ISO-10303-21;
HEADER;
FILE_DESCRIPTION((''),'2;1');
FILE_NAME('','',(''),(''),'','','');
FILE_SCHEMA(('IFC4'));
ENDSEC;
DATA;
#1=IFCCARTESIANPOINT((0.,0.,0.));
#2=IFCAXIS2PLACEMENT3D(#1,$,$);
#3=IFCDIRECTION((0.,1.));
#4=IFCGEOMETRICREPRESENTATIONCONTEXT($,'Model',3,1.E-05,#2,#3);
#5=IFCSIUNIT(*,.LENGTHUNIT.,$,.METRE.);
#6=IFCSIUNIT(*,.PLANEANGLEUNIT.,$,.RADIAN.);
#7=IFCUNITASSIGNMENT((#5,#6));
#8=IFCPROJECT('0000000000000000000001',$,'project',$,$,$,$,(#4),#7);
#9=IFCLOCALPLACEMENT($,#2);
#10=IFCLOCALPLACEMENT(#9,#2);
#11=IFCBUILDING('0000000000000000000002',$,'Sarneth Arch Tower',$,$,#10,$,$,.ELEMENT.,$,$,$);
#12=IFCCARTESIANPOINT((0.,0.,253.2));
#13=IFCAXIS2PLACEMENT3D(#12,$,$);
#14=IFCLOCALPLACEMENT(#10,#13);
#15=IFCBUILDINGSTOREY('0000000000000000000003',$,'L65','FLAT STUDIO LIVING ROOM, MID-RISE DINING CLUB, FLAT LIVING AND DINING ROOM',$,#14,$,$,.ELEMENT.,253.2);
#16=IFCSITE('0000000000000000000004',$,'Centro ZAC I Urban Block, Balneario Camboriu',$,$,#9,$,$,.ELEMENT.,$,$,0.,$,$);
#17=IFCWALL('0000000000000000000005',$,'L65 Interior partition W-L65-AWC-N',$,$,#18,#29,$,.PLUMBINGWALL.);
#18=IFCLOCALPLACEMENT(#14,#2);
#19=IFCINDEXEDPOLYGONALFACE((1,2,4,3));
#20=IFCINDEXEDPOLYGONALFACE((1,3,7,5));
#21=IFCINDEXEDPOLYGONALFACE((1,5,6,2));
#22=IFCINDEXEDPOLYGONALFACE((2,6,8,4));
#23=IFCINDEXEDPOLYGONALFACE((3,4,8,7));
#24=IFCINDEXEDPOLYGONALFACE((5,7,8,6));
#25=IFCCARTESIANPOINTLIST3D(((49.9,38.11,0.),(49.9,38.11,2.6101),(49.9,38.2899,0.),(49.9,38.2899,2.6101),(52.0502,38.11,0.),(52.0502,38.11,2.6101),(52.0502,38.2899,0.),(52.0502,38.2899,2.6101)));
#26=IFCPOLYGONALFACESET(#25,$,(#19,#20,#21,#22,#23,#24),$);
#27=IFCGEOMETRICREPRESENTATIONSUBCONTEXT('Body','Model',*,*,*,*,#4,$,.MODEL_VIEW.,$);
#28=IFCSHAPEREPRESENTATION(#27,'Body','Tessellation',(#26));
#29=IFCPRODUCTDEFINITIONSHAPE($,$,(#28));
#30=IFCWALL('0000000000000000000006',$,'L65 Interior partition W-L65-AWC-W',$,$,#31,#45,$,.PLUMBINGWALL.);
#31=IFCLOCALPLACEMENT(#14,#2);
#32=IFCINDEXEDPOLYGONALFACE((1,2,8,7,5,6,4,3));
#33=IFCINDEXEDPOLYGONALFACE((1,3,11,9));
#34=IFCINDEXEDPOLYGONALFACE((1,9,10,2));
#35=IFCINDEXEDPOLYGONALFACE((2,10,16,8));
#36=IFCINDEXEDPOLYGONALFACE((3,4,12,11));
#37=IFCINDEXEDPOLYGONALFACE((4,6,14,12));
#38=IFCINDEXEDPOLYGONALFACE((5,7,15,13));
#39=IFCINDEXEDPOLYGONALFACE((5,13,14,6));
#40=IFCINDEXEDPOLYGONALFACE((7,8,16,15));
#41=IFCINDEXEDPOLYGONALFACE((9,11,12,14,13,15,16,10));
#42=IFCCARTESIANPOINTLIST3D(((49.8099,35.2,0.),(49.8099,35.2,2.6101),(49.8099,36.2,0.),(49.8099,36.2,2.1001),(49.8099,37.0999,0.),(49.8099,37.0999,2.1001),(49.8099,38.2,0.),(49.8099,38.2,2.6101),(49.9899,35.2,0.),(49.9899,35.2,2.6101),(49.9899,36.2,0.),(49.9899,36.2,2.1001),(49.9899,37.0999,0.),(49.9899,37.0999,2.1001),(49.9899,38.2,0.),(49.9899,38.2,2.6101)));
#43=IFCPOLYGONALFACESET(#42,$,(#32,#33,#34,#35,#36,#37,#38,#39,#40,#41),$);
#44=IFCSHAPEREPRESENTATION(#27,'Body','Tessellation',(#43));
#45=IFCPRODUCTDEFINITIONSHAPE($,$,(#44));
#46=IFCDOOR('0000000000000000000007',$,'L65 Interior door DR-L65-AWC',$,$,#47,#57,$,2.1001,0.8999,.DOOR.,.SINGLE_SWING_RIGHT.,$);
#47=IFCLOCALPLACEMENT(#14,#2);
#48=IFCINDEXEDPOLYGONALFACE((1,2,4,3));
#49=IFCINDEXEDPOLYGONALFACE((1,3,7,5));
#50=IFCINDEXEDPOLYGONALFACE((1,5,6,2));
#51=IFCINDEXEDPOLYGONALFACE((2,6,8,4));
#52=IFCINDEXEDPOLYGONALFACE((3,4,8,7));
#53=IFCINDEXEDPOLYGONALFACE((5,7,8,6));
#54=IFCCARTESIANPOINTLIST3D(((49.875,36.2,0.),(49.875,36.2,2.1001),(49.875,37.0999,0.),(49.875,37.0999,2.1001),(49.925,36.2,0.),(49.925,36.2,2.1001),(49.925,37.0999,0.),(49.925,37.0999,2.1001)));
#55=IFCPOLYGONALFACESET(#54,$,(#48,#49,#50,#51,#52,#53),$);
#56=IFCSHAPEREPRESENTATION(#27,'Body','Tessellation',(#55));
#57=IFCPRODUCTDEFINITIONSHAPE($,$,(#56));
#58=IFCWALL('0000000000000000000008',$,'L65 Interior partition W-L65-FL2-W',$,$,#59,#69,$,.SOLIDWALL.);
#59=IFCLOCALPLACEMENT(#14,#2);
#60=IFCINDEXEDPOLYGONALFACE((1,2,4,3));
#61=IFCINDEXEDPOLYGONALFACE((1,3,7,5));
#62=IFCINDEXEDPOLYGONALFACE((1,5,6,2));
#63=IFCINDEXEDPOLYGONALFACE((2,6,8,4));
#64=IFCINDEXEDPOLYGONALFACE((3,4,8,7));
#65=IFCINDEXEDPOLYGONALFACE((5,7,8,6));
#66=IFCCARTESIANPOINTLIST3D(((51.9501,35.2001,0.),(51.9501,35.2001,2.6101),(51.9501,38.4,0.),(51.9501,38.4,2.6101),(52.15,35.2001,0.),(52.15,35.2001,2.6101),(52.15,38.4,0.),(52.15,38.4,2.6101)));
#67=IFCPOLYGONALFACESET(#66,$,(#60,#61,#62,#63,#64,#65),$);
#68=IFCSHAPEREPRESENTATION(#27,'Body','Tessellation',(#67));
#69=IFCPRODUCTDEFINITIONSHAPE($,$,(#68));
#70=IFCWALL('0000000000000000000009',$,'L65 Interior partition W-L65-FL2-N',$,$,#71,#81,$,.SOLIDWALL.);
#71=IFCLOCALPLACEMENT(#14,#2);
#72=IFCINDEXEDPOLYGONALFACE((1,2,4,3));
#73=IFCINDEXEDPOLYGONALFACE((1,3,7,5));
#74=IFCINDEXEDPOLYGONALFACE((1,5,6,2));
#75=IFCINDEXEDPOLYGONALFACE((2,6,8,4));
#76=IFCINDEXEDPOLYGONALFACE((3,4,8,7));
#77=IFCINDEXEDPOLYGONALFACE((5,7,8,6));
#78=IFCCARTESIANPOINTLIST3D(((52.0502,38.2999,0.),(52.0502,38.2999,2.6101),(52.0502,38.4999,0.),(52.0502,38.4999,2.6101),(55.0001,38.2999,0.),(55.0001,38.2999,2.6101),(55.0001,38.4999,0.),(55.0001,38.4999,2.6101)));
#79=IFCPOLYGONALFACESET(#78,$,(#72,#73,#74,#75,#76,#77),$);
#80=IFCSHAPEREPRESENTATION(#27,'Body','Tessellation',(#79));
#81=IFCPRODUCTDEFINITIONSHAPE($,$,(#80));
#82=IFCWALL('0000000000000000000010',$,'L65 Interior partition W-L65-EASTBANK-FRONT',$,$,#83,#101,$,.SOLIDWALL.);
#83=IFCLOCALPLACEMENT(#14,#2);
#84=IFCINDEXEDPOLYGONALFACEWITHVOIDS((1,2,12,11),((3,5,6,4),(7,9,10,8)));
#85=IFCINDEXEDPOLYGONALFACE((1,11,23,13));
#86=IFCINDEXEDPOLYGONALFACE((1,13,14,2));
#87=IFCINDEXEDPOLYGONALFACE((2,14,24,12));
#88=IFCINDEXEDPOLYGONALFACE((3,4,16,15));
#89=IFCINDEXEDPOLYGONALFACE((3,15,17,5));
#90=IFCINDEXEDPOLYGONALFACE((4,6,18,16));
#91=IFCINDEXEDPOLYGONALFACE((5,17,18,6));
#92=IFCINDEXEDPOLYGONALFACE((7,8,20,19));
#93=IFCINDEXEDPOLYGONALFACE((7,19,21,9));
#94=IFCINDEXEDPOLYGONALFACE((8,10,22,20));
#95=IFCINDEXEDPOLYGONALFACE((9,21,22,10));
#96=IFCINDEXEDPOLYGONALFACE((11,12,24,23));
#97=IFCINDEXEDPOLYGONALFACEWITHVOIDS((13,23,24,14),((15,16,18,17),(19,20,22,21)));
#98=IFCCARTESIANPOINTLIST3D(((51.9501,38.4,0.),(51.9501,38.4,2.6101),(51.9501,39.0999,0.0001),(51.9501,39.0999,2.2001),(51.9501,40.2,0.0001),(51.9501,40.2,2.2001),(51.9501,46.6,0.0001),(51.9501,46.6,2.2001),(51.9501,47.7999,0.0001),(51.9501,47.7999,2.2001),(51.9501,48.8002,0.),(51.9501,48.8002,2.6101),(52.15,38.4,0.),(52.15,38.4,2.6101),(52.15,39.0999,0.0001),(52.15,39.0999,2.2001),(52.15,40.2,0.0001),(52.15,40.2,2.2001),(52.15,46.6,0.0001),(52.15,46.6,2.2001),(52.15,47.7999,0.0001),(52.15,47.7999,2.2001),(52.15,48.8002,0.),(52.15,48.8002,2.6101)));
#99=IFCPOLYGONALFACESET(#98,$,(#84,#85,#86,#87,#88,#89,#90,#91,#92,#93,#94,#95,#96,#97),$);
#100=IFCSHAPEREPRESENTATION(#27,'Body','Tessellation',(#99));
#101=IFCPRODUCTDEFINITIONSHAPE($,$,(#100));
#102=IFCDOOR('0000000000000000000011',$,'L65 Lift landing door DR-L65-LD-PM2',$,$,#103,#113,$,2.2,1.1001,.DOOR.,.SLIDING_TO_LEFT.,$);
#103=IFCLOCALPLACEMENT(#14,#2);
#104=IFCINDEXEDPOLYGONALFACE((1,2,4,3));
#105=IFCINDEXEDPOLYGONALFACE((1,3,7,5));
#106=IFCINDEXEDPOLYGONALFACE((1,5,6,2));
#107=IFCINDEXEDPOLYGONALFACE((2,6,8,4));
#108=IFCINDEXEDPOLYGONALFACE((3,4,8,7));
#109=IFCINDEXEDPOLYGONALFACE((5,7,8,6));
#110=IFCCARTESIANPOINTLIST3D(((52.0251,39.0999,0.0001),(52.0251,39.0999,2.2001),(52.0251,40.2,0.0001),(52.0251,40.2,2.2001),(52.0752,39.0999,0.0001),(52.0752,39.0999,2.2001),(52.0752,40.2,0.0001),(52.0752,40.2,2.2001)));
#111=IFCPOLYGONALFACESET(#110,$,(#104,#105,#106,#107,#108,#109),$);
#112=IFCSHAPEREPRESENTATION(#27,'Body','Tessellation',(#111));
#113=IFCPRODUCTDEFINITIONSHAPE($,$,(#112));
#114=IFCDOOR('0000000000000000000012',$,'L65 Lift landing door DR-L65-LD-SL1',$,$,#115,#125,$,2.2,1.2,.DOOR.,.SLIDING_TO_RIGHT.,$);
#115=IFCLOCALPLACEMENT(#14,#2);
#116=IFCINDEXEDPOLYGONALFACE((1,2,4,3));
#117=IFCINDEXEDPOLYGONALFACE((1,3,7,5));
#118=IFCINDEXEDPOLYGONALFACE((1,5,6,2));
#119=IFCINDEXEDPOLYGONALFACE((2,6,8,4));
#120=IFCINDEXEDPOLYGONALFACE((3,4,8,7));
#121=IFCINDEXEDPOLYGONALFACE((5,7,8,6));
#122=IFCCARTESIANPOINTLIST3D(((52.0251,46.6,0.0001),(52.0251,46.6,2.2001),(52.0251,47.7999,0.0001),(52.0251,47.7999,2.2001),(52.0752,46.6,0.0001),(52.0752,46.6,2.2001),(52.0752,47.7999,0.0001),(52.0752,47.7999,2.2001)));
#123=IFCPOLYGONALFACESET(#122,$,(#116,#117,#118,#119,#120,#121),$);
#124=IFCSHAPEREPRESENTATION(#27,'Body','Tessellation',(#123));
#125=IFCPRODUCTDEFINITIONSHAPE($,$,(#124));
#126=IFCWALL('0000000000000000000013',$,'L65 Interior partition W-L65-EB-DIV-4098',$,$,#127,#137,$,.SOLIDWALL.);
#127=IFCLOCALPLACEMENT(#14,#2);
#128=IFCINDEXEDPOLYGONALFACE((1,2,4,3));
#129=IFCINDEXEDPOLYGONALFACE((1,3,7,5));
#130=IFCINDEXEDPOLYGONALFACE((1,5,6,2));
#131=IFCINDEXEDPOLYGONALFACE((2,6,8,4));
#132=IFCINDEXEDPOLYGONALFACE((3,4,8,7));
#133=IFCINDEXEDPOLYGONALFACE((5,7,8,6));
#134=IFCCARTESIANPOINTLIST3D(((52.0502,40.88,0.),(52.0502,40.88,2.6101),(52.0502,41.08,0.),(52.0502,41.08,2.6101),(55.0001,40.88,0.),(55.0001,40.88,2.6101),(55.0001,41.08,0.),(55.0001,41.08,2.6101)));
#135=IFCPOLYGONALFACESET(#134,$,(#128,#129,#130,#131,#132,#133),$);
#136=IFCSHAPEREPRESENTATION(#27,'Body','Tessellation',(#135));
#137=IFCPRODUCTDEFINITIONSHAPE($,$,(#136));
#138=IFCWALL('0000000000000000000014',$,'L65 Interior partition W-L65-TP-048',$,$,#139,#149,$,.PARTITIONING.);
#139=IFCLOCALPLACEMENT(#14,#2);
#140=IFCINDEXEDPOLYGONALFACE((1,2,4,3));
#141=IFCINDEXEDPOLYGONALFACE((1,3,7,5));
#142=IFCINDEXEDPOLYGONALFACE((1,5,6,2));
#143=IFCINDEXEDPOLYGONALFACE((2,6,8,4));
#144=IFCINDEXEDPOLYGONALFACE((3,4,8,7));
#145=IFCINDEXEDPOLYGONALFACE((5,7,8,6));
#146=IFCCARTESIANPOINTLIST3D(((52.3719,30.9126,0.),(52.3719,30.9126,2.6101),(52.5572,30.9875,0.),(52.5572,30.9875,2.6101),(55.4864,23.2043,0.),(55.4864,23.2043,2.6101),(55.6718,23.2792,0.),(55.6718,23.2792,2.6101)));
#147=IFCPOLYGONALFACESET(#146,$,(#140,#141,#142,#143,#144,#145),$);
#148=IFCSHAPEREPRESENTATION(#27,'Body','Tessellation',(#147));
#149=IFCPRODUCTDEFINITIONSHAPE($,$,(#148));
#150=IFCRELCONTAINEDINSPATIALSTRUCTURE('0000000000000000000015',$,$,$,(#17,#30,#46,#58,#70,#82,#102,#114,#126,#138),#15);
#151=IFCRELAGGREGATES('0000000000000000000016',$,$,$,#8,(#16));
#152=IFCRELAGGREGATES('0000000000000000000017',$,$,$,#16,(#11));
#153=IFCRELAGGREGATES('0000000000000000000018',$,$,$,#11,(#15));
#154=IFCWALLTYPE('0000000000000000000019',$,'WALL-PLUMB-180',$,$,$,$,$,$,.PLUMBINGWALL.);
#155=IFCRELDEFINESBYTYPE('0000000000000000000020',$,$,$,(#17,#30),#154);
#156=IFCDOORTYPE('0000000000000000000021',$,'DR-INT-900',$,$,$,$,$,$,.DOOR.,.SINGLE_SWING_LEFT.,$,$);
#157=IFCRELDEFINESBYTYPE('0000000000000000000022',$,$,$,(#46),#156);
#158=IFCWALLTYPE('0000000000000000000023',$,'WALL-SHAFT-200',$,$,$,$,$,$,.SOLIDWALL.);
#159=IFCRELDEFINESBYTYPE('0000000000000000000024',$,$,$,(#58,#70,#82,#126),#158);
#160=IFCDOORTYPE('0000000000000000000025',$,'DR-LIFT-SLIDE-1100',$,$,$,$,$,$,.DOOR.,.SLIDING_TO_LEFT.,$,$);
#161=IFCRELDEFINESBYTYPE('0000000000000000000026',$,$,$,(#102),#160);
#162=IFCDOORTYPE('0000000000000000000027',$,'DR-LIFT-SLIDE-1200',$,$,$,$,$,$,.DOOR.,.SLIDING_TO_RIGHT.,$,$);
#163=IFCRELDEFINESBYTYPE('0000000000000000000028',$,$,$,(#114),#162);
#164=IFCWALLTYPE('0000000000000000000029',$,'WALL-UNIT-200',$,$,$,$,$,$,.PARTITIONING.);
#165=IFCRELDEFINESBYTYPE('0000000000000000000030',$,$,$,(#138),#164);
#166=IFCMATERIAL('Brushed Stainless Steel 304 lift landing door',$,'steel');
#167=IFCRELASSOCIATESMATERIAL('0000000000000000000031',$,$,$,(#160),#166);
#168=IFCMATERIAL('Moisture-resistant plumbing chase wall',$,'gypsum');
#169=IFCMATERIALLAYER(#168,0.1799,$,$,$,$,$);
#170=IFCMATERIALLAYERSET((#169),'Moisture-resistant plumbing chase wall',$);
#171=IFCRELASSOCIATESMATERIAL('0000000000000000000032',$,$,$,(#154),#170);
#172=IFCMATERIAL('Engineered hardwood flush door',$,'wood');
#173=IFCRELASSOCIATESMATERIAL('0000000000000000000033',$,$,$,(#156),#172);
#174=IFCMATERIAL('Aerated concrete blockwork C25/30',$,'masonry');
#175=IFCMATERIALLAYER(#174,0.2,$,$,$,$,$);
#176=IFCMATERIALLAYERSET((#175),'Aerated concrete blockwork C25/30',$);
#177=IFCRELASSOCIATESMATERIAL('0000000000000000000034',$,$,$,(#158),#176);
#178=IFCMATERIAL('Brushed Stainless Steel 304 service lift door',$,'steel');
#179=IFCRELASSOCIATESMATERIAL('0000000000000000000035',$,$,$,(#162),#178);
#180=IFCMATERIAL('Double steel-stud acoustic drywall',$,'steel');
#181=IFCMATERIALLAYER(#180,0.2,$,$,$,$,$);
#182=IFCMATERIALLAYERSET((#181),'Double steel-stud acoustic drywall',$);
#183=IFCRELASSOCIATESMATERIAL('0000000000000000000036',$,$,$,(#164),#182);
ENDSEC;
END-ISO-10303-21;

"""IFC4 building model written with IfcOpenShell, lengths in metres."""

from ifc_helpers import new_model, si_unit, direction, frame, frame_2d, origin, place, context, subcontext, project, spatial, rectangle, extrude, material, layer, layer_set, type_object, element, fill, save


model = new_model("IFC4")

# Units and contexts
model_context = context("Model", 3, precision=1e-05, world=origin(), true_north=direction((0.0, 1.0)))
body_context = subcontext(model_context, "Body", "Model", "MODEL_VIEW")
ifc_project = project(units=[si_unit("LENGTHUNIT", "METRE"), si_unit("PLANEANGLEUNIT", "RADIAN")], contexts=[model_context])

# Site, building, storey
site_placement = place(None, origin())
site = spatial("IfcSite", under=ifc_project, at=site_placement, Name="Centro ZAC I Urban Block, Balneario Camboriu", CompositionType="ELEMENT", RefElevation=0.0)
building_placement = place(site_placement, origin())
building = spatial("IfcBuilding", under=site, at=building_placement, Name="Sarneth Arch Tower", CompositionType="ELEMENT")
storey_placement = place(building_placement, frame((0.0, 0.0, 253.2)))
storey = spatial("IfcBuildingStorey", under=building, at=storey_placement, Name="L65", Description="FLAT STUDIO LIVING ROOM, MID-RISE DINING CLUB, FLAT LIVING AND DINING ROOM", CompositionType="ELEMENT", Elevation=253.2)

# Shared definitions
ifc_material_1 = material(Name="Brushed Stainless Steel 304 lift landing door", Category="steel")
door_type_1 = type_object("IfcDoorType", Name="DR-LIFT-SLIDE-1100", OperationType="SLIDING_TO_LEFT", PredefinedType="DOOR", material=ifc_material_1)

# Wall
ifc_material_2 = material(Name="Moisture-resistant plumbing chase wall", Category="gypsum")
ifc_layer_1 = layer(ifc_material_2, 0.1799)
ifc_layer_set_1 = layer_set([ifc_layer_1], Name="Moisture-resistant plumbing chase wall")
wall_type_1 = type_object("IfcWallType", Name="WALL-PLUMB-180", PredefinedType="PLUMBINGWALL", material=ifc_layer_set_1)
wall_1_placement = place(storey_placement, frame((49.8999, 38.2, 0.0), z_axis=(0.0, 0.0, 1.0), x_axis=(1.0, 0.0, 0.0)))
element("IfcWall", 1, at=wall_1_placement, inside=storey, type_object=wall_type_1, Name="L65 Interior partition W-L65-AWC-N", PredefinedType="PLUMBINGWALL", context=body_context, shape_type="SweptSolid", body=[
    extrude(rectangle(XDim=2.1501, YDim=0.1799, at=frame_2d((1.0752, 0.0))), origin(), (0.0, 0.0, 1.0), 2.6101),
])

# Wall, opening, door
wall_2_placement = place(storey_placement, frame((49.8999, 35.2, 0.0), z_axis=(0.0, 0.0, 1.0), x_axis=(0.0, 1.0, 0.0)))
wall_2 = element("IfcWall", 2, at=wall_2_placement, inside=storey, type_object=wall_type_1, Name="L65 Interior partition W-L65-AWC-W", PredefinedType="PLUMBINGWALL", context=body_context, shape_type="SweptSolid", body=[
    extrude(rectangle(XDim=3.0, YDim=0.1799, at=frame_2d((1.5, 0.0))), origin(), (0.0, 0.0, 1.0), 2.6101),
])
opening_1_placement = place(wall_2_placement, frame((1.0, 0.0, 0.0)))
opening_1 = element("IfcOpeningElement", 3, at=opening_1_placement, cuts=wall_2, PredefinedType="OPENING", context=body_context, shape_type="SweptSolid", body=[
    extrude(rectangle(XDim=0.8999, YDim=2.1001, at=frame_2d((0.45, 1.05))), frame((0.0, 0.0999, 0.0), z_axis=(0.0, -1.0, 0.0), x_axis=(1.0, 0.0, 0.0)), (0.0, 0.0, 1.0), 0.2),
])
ifc_material_3 = material(Name="Engineered hardwood flush door", Category="wood")
door_type_2 = type_object("IfcDoorType", Name="DR-INT-900", OperationType="SINGLE_SWING_LEFT", PredefinedType="DOOR", material=ifc_material_3)
door_1_placement = place(opening_1_placement, origin())
door_1 = element("IfcDoor", 4, at=door_1_placement, inside=storey, type_object=door_type_2, Name="L65 Interior door DR-L65-AWC", OperationType="SINGLE_SWING_RIGHT", OverallHeight=2.1001, OverallWidth=0.8999, PredefinedType="DOOR", context=body_context, shape_type="SweptSolid", body=[
    extrude(rectangle(XDim=0.8999, YDim=2.1001, at=frame_2d((0.45, 1.05))), frame((0.0, 0.0249, 0.0), z_axis=(0.0, -1.0, 0.0), x_axis=(1.0, 0.0, 0.0)), (0.0, 0.0, 1.0), 0.05),
])
fill(opening_1, door_1)
ifc_material_4 = material(Name="Aerated concrete blockwork C25/30", Category="masonry")
ifc_layer_2 = layer(ifc_material_4, 0.2)
ifc_layer_set_2 = layer_set([ifc_layer_2], Name="Aerated concrete blockwork C25/30")
wall_type_2 = type_object("IfcWallType", Name="WALL-SHAFT-200", PredefinedType="SOLIDWALL", material=ifc_layer_set_2)

# Walls
wall_3_placement = place(storey_placement, frame((52.05, 35.2, 0.0), z_axis=(0.0, 0.0, 1.0), x_axis=(0.0, 1.0, 0.0)))
element("IfcWall", 5, at=wall_3_placement, inside=storey, type_object=wall_type_2, Name="L65 Interior partition W-L65-FL2-W", PredefinedType="SOLIDWALL", context=body_context, shape_type="SweptSolid", body=[
    extrude(rectangle(XDim=3.2, YDim=0.2, at=frame_2d((1.6001, 0.0))), origin(), (0.0, 0.0, 1.0), 2.6101),
])
wall_4_placement = place(storey_placement, frame((52.05, 38.3999, 0.0), z_axis=(0.0, 0.0, 1.0), x_axis=(1.0, 0.0, 0.0)))
element("IfcWall", 6, at=wall_4_placement, inside=storey, type_object=wall_type_2, Name="L65 Interior partition W-L65-FL2-N", PredefinedType="SOLIDWALL", context=body_context, shape_type="SweptSolid", body=[
    extrude(rectangle(XDim=2.95, YDim=0.2, at=frame_2d((1.4751, 0.0))), origin(), (0.0, 0.0, 1.0), 2.6101),
])

# Wall, openings, doors
wall_5_placement = place(storey_placement, frame((52.05, 38.3999, 0.0), z_axis=(0.0, 0.0, 1.0), x_axis=(0.0, 1.0, 0.0)))
wall_5 = element("IfcWall", 7, at=wall_5_placement, inside=storey, type_object=wall_type_2, Name="L65 Interior partition W-L65-EASTBANK-FRONT", PredefinedType="SOLIDWALL", context=body_context, shape_type="SweptSolid", body=[
    extrude(rectangle(XDim=10.4001, YDim=0.2, at=frame_2d((5.2002, 0.0))), origin(), (0.0, 0.0, 1.0), 2.6101),
])
opening_2_placement = place(wall_5_placement, frame((0.7, 0.0, 0.0)))
opening_2 = element("IfcOpeningElement", 8, at=opening_2_placement, cuts=wall_5, PredefinedType="OPENING", context=body_context, shape_type="SweptSolid", body=[
    extrude(rectangle(XDim=1.1001, YDim=2.2, at=frame_2d((0.55, 1.1001))), frame((0.0, 0.1099, 0.0), z_axis=(0.0, -1.0, 0.0), x_axis=(1.0, 0.0, 0.0)), (0.0, 0.0, 1.0), 0.22),
])
opening_3_placement = place(wall_5_placement, frame((8.2, 0.0, 0.0)))
opening_3 = element("IfcOpeningElement", 9, at=opening_3_placement, cuts=wall_5, PredefinedType="OPENING", context=body_context, shape_type="SweptSolid", body=[
    extrude(rectangle(XDim=1.2, YDim=2.2, at=frame_2d((0.6001, 1.1001))), frame((0.0, 0.1099, 0.0), z_axis=(0.0, -1.0, 0.0), x_axis=(1.0, 0.0, 0.0)), (0.0, 0.0, 1.0), 0.22),
])
door_2_placement = place(opening_2_placement, origin())
door_2 = element("IfcDoor", 10, at=door_2_placement, inside=storey, type_object=door_type_1, Name="L65 Lift landing door DR-L65-LD-PM2", OperationType="SLIDING_TO_LEFT", OverallHeight=2.2, OverallWidth=1.1001, PredefinedType="DOOR", context=body_context, shape_type="SweptSolid", body=[
    extrude(rectangle(XDim=1.1001, YDim=2.2, at=frame_2d((0.55, 1.1001))), frame((0.0, 0.0249, 0.0), z_axis=(0.0, -1.0, 0.0), x_axis=(1.0, 0.0, 0.0)), (0.0, 0.0, 1.0), 0.05),
])
fill(opening_2, door_2)
ifc_material_5 = material(Name="Brushed Stainless Steel 304 service lift door", Category="steel")
door_type_3 = type_object("IfcDoorType", Name="DR-LIFT-SLIDE-1200", OperationType="SLIDING_TO_RIGHT", PredefinedType="DOOR", material=ifc_material_5)
door_3_placement = place(opening_3_placement, origin())
door_3 = element("IfcDoor", 11, at=door_3_placement, inside=storey, type_object=door_type_3, Name="L65 Lift landing door DR-L65-LD-SL1", OperationType="SLIDING_TO_RIGHT", OverallHeight=2.2, OverallWidth=1.2, PredefinedType="DOOR", context=body_context, shape_type="SweptSolid", body=[
    extrude(rectangle(XDim=1.2, YDim=2.2, at=frame_2d((0.6001, 1.1001))), frame((0.0, 0.0249, 0.0), z_axis=(0.0, -1.0, 0.0), x_axis=(1.0, 0.0, 0.0)), (0.0, 0.0, 1.0), 0.05),
])
fill(opening_3, door_3)

# Walls
wall_6_placement = place(storey_placement, frame((52.05, 40.98, 0.0), z_axis=(0.0, 0.0, 1.0), x_axis=(1.0, 0.0, 0.0)))
element("IfcWall", 12, at=wall_6_placement, inside=storey, type_object=wall_type_2, Name="L65 Interior partition W-L65-EB-DIV-4098", PredefinedType="SOLIDWALL", context=body_context, shape_type="SweptSolid", body=[
    extrude(rectangle(XDim=2.95, YDim=0.2, at=frame_2d((1.4751, 0.0))), origin(), (0.0, 0.0, 1.0), 2.6101),
])
ifc_material_6 = material(Name="Double steel-stud acoustic drywall", Category="steel")
ifc_layer_3 = layer(ifc_material_6, 0.2)
ifc_layer_set_3 = layer_set([ifc_layer_3], Name="Double steel-stud acoustic drywall")
wall_type_3 = type_object("IfcWallType", Name="WALL-UNIT-200", PredefinedType="PARTITIONING", material=ifc_layer_set_3)
wall_7_placement = place(storey_placement, frame((52.4646, 30.95, 0.0), z_axis=(0.0, 0.0, 1.0), x_axis=(0.374624, -0.927177, 0.0)))
element("IfcWall", 13, at=wall_7_placement, inside=storey, type_object=wall_type_3, Name="L65 Interior partition W-L65-TP-048", PredefinedType="PARTITIONING", context=body_context, shape_type="SweptSolid", body=[
    extrude(rectangle(XDim=8.3137, YDim=0.2, at=frame_2d((4.1567, 0.0))), origin(), (0.0, 0.0, 1.0), 2.6101),
])

save(model, "model.ifc")
